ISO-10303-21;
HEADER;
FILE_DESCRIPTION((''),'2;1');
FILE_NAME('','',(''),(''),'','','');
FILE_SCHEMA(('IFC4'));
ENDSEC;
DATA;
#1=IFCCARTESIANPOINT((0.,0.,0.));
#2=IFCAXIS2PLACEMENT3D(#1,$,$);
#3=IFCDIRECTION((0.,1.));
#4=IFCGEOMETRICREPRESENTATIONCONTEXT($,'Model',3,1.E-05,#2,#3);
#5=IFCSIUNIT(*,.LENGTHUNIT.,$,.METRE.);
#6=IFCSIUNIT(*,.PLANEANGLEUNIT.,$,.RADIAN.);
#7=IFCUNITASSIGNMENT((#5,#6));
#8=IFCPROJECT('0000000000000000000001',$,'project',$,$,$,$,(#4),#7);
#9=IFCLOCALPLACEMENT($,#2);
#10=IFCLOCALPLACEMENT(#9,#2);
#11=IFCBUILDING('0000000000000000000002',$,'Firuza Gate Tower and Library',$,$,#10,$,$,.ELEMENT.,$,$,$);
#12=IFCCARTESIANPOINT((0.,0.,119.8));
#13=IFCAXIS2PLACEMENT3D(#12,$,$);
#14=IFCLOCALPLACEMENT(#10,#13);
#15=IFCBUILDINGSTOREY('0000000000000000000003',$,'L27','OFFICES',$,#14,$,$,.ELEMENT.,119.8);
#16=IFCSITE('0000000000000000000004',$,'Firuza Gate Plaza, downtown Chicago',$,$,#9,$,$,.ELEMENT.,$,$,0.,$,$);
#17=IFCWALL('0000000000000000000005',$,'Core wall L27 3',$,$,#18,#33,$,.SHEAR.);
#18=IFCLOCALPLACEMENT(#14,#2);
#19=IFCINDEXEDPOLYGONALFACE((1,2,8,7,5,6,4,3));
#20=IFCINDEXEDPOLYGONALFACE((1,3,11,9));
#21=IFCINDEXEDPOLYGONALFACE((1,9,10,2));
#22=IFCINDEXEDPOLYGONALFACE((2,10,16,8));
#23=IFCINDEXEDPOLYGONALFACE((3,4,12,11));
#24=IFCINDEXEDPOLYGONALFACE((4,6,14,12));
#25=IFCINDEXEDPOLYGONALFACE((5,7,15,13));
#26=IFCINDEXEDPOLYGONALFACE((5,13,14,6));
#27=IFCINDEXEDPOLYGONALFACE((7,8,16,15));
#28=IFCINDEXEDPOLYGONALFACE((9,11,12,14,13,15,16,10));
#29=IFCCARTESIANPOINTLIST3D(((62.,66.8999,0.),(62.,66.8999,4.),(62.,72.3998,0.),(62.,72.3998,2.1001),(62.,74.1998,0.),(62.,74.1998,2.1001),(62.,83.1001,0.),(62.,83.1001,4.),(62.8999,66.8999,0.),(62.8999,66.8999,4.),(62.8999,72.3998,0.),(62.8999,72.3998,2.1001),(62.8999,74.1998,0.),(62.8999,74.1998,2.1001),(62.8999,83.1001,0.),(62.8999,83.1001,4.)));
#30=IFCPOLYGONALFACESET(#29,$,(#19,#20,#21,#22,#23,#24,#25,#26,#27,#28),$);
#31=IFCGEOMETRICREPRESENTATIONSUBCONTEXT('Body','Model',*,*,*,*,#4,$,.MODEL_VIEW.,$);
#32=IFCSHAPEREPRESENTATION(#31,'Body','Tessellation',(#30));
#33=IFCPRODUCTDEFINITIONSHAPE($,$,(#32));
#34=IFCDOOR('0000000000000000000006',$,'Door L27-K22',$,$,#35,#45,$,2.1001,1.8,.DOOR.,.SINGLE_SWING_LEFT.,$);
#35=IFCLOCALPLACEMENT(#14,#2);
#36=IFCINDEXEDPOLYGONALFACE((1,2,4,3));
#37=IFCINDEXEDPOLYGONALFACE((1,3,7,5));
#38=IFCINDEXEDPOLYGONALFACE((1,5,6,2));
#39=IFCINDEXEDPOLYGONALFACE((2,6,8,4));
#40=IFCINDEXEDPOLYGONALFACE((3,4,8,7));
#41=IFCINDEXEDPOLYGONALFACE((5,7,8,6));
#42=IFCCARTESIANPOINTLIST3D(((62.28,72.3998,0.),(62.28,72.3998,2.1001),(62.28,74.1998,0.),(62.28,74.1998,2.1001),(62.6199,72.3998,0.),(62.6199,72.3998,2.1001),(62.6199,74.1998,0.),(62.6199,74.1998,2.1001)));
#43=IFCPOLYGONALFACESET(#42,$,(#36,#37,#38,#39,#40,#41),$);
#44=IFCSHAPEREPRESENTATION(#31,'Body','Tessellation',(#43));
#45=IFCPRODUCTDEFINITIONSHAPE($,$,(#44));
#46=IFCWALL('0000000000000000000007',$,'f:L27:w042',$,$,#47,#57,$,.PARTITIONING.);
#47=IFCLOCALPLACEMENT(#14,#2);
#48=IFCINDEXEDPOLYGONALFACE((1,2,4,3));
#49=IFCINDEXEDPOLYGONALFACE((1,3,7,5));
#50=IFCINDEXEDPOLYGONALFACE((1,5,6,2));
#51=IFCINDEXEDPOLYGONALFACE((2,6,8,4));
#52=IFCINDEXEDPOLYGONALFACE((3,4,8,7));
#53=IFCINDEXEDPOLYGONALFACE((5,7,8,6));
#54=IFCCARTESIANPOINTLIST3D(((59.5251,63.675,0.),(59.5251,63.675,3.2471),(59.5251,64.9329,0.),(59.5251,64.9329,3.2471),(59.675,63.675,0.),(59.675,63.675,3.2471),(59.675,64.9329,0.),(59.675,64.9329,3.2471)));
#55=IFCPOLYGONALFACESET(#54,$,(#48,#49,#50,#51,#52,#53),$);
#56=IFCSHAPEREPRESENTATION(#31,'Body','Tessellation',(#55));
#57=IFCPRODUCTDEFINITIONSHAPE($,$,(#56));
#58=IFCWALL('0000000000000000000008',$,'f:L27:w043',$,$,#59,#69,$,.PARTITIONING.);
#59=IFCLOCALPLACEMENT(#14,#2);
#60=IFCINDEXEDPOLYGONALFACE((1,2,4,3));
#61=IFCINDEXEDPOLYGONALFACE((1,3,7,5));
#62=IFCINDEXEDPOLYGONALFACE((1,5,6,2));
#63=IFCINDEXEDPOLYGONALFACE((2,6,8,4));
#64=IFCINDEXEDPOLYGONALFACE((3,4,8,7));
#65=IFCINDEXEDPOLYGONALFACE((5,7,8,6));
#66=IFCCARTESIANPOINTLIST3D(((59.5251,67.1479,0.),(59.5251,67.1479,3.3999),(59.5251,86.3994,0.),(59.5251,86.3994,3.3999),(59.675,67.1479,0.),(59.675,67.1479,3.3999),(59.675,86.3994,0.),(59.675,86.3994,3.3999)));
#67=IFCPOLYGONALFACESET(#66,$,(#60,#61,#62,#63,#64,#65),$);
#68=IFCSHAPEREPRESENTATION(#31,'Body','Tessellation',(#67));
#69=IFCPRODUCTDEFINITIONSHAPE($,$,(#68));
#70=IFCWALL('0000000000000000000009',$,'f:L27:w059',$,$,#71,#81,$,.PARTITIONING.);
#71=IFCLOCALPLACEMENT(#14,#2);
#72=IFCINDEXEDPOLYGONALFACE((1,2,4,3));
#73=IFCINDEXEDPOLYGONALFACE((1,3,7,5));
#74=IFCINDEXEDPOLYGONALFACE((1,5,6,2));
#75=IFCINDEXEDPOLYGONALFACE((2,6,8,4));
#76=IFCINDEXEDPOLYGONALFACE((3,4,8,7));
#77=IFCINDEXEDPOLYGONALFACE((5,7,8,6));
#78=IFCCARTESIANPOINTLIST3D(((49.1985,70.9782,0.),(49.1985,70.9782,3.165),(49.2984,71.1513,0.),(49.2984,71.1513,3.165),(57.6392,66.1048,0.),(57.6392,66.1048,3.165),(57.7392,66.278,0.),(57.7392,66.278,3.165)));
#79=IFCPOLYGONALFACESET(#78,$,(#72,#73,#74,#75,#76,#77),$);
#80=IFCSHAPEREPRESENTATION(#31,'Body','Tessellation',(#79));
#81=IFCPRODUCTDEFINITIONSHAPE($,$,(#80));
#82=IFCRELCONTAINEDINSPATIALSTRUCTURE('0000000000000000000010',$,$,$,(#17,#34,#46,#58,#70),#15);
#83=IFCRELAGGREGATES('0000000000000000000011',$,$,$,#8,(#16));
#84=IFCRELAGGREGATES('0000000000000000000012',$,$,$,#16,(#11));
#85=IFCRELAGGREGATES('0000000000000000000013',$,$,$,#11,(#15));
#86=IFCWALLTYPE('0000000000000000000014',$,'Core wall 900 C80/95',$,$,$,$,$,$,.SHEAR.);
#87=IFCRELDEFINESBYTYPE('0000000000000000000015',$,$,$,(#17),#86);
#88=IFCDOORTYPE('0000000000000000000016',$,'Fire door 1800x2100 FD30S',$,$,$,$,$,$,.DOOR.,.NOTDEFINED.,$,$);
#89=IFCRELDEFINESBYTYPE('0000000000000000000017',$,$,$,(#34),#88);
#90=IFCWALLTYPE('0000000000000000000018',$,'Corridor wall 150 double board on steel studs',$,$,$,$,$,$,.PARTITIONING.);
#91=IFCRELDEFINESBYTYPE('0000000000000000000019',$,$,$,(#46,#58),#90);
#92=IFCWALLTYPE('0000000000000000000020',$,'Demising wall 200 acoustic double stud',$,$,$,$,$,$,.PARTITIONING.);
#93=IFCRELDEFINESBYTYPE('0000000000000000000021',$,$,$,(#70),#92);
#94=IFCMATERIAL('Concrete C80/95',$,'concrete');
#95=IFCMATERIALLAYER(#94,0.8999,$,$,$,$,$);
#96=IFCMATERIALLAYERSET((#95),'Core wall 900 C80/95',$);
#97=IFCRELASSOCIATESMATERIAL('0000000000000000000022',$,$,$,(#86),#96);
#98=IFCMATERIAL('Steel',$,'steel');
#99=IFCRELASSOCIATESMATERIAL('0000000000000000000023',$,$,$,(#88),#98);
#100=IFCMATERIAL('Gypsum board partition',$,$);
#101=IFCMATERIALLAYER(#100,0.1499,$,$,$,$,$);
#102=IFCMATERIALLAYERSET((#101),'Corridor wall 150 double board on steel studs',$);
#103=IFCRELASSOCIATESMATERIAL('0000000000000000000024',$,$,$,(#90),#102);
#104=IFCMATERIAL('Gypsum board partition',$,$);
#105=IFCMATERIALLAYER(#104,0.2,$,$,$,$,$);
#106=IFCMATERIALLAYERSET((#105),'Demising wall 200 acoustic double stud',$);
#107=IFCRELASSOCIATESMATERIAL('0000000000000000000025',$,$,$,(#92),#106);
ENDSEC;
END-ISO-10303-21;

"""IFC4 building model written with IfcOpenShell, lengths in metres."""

from ifc_helpers import new_model, si_unit, direction, frame, frame_2d, origin, place, context, subcontext, project, spatial, rectangle, extrude, material, layer, layer_set, type_object, element, fill, save


model = new_model("IFC4")

# Units and contexts
model_context = context("Model", 3, precision=1e-05, world=origin(), true_north=direction((0.0, 1.0)))
body_context = subcontext(model_context, "Body", "Model", "MODEL_VIEW")
ifc_project = project(units=[si_unit("LENGTHUNIT", "METRE"), si_unit("PLANEANGLEUNIT", "RADIAN")], contexts=[model_context])

# Site, building, storey
site_placement = place(None, origin())
site = spatial("IfcSite", under=ifc_project, at=site_placement, Name="Firuza Gate Plaza, downtown Chicago", CompositionType="ELEMENT", RefElevation=0.0)
building_placement = place(site_placement, origin())
building = spatial("IfcBuilding", under=site, at=building_placement, Name="Firuza Gate Tower and Library", CompositionType="ELEMENT")
storey_placement = place(building_placement, frame((0.0, 0.0, 119.8)))
storey = spatial("IfcBuildingStorey", under=building, at=storey_placement, Name="L27", Description="OFFICES", CompositionType="ELEMENT", Elevation=119.8)

# Shared definitions
ifc_material_1 = material(Name="Concrete C80/95", Category="concrete")
ifc_layer_1 = layer(ifc_material_1, 0.8999)
ifc_layer_set_1 = layer_set([ifc_layer_1], Name="Core wall 900 C80/95")
wall_type_1 = type_object("IfcWallType", Name="Core wall 900 C80/95", PredefinedType="SHEAR", material=ifc_layer_set_1)

# Wall, opening, door
wall_1_placement = place(storey_placement, frame((62.45, 66.8999, 0.0), z_axis=(0.0, 0.0, 1.0), x_axis=(0.0, 1.0, 0.0)))
wall_1 = element("IfcWall", 1, at=wall_1_placement, inside=storey, type_object=wall_type_1, Name="Core wall L27 3", PredefinedType="SHEAR", context=body_context, shape_type="SweptSolid", body=[
    extrude(rectangle(XDim=16.2002, YDim=0.8999, at=frame_2d((8.1001, 0.0))), origin(), (0.0, 0.0, 1.0), 4.0),
])
opening_1_placement = place(wall_1_placement, frame((5.5, 0.0, 0.0)))
opening_1 = element("IfcOpeningElement", 2, at=opening_1_placement, cuts=wall_1, PredefinedType="OPENING", context=body_context, shape_type="SweptSolid", body=[
    extrude(rectangle(XDim=1.8, YDim=2.1001, at=frame_2d((0.8999, 1.05))), frame((0.0, 0.46, 0.0), z_axis=(0.0, -1.0, 0.0), x_axis=(1.0, 0.0, 0.0)), (0.0, 0.0, 1.0), 0.9199),
])
ifc_material_2 = material(Name="Steel", Category="steel")
door_type_1 = type_object("IfcDoorType", Name="Fire door 1800x2100 FD30S", OperationType="NOTDEFINED", PredefinedType="DOOR", material=ifc_material_2)
door_1_placement = place(opening_1_placement, origin())
door_1 = element("IfcDoor", 3, at=door_1_placement, inside=storey, type_object=door_type_1, Name="Door L27-K22", OperationType="SINGLE_SWING_LEFT", OverallHeight=2.1001, OverallWidth=1.8, PredefinedType="DOOR", context=body_context, shape_type="SweptSolid", body=[
    extrude(rectangle(XDim=1.8, YDim=2.1001, at=frame_2d((0.8999, 1.05))), frame((0.0, 0.1699, 0.0), z_axis=(0.0, -1.0, 0.0), x_axis=(1.0, 0.0, 0.0)), (0.0, 0.0, 1.0), 0.3398),
])
fill(opening_1, door_1)

# Walls
ifc_material_3 = material(Name="Gypsum board partition")
ifc_layer_2 = layer(ifc_material_3, 0.1499)
ifc_layer_set_2 = layer_set([ifc_layer_2], Name="Corridor wall 150 double board on steel studs")
wall_type_2 = type_object("IfcWallType", Name="Corridor wall 150 double board on steel studs", PredefinedType="PARTITIONING", material=ifc_layer_set_2)
wall_2_placement = place(storey_placement, frame((59.6001, 63.675, 0.0), z_axis=(0.0, 0.0, 1.0), x_axis=(0.0, 1.0, 0.0)))
element("IfcWall", 4, at=wall_2_placement, inside=storey, type_object=wall_type_2, Name="f:L27:w042", PredefinedType="PARTITIONING", context=body_context, shape_type="SweptSolid", body=[
    extrude(rectangle(XDim=1.2578, YDim=0.1499, at=frame_2d((0.6289, 0.0))), origin(), (0.0, 0.0, 1.0), 3.2471),
])
wall_3_placement = place(storey_placement, frame((59.6001, 67.1479, 0.0), z_axis=(0.0, 0.0, 1.0), x_axis=(0.0, 1.0, 0.0)))
element("IfcWall", 5, at=wall_3_placement, inside=storey, type_object=wall_type_2, Name="f:L27:w043", PredefinedType="PARTITIONING", context=body_context, shape_type="SweptSolid", body=[
    extrude(rectangle(XDim=19.2515, YDim=0.1499, at=frame_2d((9.6257, 0.0))), origin(), (0.0, 0.0, 1.0), 3.3999),
])
ifc_material_4 = material(Name="Gypsum board partition")
ifc_layer_3 = layer(ifc_material_4, 0.2)
ifc_layer_set_3 = layer_set([ifc_layer_3], Name="Demising wall 200 acoustic double stud")
wall_type_3 = type_object("IfcWallType", Name="Demising wall 200 acoustic double stud", PredefinedType="PARTITIONING", material=ifc_layer_set_3)
wall_4_placement = place(storey_placement, frame((57.6892, 66.1914, 0.0), z_axis=(0.0, 0.0, 1.0), x_axis=(-0.866022, 0.500005, 0.0)))
element("IfcWall", 6, at=wall_4_placement, inside=storey, type_object=wall_type_3, Name="f:L27:w059", PredefinedType="PARTITIONING", context=body_context, shape_type="SweptSolid", body=[
    extrude(rectangle(XDim=9.7466, YDim=0.2, at=frame_2d((4.8733, 0.0))), origin(), (0.0, 0.0, 1.0), 3.165),
])

save(model, "model.ifc")
